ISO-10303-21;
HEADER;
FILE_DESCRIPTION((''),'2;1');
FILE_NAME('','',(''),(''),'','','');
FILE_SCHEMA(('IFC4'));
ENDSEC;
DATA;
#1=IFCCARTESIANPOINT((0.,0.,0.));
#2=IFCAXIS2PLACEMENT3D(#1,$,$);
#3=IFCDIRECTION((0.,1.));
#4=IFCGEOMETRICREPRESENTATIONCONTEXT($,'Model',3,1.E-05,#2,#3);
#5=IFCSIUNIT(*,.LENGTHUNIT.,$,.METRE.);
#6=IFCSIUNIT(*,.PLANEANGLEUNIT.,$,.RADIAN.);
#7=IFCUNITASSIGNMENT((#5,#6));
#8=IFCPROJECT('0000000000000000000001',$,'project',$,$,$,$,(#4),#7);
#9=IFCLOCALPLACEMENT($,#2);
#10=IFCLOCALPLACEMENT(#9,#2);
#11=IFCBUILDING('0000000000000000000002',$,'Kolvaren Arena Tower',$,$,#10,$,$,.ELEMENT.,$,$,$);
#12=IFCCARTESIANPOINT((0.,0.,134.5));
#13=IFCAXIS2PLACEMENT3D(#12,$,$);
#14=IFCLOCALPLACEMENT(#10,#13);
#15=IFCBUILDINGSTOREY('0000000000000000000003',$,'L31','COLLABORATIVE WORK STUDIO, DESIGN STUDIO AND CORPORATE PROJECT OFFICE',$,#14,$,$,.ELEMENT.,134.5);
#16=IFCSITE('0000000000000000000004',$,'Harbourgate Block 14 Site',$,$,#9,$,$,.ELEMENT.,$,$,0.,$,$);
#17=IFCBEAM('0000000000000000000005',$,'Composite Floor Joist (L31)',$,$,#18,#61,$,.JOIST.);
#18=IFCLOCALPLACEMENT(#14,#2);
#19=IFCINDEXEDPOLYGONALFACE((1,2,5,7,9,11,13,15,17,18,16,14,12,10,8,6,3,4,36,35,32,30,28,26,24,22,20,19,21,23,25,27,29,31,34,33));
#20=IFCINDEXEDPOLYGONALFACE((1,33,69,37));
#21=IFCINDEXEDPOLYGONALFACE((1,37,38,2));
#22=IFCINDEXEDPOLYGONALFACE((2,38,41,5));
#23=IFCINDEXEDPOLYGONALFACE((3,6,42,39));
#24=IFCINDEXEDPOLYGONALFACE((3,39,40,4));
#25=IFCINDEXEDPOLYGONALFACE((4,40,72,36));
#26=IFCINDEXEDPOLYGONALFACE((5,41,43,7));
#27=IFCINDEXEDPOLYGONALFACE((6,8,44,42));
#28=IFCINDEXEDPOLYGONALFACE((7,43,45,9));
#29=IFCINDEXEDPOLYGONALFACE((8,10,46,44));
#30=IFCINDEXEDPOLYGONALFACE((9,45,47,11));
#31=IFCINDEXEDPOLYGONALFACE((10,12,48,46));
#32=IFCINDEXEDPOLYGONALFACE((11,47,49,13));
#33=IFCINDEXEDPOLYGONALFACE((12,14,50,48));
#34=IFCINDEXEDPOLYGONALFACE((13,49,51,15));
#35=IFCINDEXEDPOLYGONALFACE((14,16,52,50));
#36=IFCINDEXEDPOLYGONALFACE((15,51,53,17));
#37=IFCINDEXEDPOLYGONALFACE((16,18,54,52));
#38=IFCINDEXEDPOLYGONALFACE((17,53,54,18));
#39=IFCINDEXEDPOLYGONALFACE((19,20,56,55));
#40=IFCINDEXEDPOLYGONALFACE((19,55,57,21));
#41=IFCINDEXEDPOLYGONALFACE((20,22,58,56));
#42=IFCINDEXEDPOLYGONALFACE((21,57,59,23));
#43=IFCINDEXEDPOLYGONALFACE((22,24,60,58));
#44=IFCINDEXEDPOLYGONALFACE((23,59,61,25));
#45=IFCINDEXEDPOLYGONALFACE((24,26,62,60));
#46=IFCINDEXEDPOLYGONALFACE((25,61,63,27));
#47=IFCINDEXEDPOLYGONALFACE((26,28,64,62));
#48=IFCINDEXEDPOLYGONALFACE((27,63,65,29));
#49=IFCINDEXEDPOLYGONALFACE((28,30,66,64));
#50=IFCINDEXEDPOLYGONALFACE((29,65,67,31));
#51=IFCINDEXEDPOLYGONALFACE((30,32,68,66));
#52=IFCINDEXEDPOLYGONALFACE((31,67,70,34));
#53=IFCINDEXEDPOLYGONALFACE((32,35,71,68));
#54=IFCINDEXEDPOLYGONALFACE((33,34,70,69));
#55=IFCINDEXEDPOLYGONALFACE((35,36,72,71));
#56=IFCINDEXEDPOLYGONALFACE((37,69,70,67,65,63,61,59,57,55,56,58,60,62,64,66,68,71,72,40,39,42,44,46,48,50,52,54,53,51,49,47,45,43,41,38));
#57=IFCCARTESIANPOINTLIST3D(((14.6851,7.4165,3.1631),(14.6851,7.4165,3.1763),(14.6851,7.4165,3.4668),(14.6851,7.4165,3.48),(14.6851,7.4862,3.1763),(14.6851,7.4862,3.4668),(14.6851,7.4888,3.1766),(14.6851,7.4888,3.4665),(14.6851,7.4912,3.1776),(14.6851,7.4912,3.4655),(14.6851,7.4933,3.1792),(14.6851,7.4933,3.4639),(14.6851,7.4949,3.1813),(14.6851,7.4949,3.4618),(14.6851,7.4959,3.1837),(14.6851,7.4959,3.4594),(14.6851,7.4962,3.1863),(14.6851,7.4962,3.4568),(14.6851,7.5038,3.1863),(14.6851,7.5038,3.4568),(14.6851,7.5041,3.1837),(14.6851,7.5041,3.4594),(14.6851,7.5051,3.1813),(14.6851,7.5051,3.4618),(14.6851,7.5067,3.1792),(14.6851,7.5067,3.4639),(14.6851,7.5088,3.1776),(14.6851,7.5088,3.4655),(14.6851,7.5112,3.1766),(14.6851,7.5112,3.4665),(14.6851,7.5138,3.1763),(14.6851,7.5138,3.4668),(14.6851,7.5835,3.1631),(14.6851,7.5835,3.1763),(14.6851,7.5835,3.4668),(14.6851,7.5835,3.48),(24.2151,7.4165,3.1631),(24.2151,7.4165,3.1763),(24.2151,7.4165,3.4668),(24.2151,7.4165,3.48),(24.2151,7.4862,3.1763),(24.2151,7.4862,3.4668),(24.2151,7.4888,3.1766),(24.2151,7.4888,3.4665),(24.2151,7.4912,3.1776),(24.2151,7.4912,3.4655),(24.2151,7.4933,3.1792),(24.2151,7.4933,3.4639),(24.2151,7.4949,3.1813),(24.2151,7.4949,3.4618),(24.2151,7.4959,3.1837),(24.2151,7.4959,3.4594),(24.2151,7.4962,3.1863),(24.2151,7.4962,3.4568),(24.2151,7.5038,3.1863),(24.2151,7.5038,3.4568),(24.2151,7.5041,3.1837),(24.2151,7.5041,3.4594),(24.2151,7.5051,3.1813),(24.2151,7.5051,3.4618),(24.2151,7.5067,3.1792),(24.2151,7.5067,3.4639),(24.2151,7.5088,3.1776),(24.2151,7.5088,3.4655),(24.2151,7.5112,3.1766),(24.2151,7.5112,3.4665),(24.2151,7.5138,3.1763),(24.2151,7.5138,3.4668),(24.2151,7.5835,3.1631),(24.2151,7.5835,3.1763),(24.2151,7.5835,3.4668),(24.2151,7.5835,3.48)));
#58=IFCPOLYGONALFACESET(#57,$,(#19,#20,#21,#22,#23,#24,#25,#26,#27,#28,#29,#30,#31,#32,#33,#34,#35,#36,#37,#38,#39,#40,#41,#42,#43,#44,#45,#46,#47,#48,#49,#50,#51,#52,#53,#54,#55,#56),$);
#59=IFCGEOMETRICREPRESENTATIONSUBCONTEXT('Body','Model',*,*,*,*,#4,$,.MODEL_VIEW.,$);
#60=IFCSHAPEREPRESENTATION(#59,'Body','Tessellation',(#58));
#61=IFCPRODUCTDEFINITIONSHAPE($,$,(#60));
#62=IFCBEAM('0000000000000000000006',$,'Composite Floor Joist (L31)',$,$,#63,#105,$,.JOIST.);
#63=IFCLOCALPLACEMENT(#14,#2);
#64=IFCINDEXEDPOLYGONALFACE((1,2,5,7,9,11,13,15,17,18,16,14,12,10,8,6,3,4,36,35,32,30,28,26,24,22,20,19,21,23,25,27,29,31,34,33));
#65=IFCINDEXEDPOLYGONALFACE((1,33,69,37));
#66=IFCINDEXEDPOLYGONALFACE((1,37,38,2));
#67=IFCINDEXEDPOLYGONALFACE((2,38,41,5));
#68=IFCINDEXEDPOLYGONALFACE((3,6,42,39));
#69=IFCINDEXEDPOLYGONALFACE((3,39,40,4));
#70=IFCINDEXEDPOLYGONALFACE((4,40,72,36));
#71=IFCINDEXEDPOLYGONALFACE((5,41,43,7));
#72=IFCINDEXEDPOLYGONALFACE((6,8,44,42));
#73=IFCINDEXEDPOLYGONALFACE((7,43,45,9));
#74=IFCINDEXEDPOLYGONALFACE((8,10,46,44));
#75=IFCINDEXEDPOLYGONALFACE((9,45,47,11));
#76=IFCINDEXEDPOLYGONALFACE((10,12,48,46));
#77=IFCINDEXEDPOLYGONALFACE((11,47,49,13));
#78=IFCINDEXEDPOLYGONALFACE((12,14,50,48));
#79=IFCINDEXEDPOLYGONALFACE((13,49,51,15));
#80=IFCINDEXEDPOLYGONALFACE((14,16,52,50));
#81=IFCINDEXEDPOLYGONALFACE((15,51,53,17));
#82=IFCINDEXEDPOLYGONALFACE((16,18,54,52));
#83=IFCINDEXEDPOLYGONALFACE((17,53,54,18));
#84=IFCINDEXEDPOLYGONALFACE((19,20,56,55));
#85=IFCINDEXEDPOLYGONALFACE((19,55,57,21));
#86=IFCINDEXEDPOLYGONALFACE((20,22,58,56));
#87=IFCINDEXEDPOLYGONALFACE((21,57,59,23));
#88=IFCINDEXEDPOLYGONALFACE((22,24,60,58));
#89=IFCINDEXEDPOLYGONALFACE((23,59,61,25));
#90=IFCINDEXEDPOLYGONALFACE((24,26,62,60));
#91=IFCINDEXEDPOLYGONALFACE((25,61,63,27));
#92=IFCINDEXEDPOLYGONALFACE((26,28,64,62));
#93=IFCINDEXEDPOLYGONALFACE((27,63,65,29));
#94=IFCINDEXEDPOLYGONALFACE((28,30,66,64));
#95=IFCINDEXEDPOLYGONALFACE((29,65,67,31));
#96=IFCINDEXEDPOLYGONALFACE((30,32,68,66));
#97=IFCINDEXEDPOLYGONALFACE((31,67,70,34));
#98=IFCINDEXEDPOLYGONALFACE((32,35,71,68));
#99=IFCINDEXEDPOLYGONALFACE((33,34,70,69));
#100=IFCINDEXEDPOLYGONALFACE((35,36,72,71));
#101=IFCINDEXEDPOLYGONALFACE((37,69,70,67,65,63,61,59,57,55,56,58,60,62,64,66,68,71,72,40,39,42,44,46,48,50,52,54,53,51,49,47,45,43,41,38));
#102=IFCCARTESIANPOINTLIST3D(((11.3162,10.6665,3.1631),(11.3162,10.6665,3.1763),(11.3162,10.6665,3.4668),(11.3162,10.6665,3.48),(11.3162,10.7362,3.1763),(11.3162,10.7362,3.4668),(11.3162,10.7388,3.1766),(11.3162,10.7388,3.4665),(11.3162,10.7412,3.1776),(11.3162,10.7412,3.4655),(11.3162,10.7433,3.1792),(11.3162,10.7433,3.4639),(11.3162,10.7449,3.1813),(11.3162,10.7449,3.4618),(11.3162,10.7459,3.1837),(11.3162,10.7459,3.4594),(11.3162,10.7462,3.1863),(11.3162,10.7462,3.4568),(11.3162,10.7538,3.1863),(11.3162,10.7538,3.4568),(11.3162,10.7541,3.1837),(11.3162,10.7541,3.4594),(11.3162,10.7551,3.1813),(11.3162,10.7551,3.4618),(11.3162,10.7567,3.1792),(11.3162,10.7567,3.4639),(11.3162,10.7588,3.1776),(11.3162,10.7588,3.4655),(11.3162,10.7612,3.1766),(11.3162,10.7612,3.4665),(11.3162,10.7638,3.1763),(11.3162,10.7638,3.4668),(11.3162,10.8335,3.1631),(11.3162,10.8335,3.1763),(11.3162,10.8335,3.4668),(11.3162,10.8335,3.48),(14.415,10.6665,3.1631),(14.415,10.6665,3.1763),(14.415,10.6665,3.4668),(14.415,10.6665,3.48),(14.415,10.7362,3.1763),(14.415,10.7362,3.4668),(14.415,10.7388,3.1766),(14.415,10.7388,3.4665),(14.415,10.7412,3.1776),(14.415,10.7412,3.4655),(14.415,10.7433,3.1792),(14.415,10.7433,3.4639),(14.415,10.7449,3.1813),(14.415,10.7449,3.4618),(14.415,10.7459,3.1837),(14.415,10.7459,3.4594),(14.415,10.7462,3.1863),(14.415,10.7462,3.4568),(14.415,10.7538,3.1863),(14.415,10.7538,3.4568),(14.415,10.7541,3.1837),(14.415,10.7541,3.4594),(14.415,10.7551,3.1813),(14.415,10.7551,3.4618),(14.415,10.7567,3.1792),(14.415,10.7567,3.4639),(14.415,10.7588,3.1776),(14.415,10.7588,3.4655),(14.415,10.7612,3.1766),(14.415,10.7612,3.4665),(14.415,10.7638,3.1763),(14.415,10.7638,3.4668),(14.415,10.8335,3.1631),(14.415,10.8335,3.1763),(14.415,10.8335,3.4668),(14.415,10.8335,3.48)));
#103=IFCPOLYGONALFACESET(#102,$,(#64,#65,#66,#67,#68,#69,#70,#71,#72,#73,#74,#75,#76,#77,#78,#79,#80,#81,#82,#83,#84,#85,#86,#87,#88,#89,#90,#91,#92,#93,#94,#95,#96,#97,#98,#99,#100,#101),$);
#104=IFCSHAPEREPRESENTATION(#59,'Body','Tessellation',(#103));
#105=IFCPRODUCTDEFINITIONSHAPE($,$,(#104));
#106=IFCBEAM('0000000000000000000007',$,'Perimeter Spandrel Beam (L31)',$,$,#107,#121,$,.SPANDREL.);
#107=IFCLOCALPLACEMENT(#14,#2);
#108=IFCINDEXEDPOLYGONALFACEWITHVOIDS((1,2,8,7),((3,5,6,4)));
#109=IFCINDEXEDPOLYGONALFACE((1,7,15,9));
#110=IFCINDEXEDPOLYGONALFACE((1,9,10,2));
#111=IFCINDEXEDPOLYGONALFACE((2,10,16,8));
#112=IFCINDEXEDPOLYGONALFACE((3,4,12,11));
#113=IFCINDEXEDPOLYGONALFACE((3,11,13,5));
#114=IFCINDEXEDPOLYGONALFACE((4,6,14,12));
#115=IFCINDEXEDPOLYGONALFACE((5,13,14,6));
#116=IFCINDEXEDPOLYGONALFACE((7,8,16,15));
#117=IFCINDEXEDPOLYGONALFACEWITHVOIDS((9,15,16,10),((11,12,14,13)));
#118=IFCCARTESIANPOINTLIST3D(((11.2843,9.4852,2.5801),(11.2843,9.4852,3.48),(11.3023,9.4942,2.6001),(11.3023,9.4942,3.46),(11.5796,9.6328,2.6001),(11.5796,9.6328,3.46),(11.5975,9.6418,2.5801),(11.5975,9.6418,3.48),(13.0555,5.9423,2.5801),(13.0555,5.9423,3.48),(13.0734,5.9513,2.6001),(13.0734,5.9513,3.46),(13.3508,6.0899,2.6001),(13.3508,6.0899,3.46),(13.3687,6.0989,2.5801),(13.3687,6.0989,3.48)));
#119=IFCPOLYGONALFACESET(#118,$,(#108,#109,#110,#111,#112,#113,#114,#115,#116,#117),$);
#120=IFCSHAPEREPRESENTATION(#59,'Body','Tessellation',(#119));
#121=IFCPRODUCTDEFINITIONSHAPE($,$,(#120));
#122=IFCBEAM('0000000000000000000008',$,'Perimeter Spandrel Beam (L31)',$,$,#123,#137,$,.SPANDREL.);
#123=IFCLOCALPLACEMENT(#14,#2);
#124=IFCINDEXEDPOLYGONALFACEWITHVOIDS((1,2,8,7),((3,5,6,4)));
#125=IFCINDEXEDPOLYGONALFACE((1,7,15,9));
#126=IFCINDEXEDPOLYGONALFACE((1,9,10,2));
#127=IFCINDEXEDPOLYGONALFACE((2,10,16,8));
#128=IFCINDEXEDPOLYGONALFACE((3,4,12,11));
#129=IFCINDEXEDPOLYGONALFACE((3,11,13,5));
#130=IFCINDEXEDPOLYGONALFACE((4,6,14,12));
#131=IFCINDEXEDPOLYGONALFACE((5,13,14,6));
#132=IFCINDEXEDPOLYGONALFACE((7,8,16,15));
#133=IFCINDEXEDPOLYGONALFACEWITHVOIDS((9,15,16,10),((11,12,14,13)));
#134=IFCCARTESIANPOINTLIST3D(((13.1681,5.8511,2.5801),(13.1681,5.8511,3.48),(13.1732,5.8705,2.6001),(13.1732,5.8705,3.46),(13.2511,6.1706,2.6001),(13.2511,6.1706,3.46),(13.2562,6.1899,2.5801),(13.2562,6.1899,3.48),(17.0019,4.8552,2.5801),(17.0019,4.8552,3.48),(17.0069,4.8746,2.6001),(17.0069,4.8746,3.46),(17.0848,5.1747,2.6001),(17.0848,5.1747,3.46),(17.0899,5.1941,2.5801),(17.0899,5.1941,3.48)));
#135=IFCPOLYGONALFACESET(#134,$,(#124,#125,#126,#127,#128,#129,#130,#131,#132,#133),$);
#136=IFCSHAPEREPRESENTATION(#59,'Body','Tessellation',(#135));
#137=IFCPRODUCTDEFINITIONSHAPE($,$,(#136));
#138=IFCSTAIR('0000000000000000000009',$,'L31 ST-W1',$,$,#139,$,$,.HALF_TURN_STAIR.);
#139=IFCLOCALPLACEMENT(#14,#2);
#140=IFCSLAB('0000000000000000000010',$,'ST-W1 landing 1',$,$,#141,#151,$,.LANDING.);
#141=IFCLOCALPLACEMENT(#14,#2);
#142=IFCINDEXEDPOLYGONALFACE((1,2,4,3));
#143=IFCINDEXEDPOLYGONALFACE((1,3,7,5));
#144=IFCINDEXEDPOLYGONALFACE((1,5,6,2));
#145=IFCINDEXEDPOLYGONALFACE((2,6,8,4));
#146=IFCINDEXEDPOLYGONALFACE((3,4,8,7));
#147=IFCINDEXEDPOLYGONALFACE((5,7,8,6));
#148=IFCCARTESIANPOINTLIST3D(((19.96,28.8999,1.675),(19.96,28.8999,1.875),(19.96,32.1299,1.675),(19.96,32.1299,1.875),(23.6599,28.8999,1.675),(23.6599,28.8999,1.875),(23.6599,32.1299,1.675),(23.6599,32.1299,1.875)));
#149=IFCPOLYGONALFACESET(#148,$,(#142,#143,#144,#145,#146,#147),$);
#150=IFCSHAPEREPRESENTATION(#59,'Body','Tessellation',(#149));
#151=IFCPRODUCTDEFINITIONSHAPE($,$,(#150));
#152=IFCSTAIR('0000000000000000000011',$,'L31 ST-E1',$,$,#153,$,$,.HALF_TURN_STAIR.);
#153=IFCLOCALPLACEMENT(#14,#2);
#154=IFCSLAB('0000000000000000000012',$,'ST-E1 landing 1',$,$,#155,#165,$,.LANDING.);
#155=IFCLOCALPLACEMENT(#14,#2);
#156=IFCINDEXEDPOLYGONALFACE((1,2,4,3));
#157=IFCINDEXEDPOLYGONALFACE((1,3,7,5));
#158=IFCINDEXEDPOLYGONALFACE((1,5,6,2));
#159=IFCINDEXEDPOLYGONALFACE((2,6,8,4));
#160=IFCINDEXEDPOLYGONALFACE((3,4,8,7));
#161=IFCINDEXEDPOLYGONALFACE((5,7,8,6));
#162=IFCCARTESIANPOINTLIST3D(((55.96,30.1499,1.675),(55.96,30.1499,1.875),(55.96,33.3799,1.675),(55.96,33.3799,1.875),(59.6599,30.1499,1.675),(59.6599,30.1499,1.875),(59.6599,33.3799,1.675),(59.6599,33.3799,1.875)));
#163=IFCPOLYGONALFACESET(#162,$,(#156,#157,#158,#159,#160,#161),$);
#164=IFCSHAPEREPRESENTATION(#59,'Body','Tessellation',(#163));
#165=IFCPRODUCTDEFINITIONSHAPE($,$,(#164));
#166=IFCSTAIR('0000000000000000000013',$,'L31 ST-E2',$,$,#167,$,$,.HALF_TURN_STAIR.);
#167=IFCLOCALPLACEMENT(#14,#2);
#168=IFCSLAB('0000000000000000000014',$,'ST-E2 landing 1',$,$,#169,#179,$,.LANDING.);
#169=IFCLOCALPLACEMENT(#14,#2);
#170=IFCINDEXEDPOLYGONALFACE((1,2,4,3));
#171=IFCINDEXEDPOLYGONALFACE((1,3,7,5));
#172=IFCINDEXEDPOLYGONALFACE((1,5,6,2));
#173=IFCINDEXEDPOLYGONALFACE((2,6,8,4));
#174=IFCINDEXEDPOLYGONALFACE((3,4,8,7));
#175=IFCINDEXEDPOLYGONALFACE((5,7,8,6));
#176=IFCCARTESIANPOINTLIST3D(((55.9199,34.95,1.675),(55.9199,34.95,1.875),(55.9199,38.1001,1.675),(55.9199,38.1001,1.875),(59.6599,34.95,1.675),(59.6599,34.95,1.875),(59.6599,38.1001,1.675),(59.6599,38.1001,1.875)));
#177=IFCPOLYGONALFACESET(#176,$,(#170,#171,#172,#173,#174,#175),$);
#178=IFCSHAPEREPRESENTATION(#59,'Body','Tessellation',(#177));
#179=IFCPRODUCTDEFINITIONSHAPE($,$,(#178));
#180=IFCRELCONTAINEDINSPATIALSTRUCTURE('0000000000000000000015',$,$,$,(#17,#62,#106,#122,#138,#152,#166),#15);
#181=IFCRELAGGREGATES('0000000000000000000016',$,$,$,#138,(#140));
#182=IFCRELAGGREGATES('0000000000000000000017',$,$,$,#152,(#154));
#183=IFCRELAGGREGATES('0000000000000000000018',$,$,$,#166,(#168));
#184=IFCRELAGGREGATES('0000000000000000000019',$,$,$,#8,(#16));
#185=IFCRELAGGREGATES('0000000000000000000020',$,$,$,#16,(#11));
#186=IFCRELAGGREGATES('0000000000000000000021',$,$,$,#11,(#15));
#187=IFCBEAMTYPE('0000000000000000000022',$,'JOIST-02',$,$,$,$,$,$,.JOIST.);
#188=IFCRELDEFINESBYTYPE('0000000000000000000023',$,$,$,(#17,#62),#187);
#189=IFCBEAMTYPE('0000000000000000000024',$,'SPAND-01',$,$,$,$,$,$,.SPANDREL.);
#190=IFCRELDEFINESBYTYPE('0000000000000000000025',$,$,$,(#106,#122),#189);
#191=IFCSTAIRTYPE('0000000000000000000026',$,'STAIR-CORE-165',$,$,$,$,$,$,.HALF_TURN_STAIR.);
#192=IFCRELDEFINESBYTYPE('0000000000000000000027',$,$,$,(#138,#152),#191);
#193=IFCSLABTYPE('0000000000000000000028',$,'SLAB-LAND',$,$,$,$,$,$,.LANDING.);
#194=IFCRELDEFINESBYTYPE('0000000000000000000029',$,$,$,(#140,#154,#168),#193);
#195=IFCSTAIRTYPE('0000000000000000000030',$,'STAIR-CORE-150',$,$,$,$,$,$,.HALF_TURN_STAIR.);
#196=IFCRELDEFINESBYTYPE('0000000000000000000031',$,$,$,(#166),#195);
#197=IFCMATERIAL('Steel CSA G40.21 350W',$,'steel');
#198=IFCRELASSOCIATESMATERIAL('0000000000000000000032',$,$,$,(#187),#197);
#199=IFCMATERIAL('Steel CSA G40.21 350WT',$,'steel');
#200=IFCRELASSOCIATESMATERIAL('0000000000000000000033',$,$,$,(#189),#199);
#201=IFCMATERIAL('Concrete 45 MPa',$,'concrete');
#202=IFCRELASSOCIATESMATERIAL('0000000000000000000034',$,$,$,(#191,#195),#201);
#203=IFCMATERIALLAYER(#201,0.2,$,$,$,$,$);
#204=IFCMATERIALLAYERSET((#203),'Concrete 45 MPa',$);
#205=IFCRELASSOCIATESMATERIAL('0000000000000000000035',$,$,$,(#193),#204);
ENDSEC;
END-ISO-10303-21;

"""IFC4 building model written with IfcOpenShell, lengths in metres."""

from ifc_helpers import new_model, si_unit, direction, frame, origin, origin_2d, place, context, subcontext, project, spatial, polyline, hollow_rectangle, i_section, outline, extrude, material, layer, layer_set, material_profile, profile_set, type_object, element, aggregate, save


model = new_model("IFC4")

# Units and contexts
model_context = context("Model", 3, precision=1e-05, world=origin(), true_north=direction((0.0, 1.0)))
body_context = subcontext(model_context, "Body", "Model", "MODEL_VIEW")
ifc_project = project(units=[si_unit("LENGTHUNIT", "METRE"), si_unit("PLANEANGLEUNIT", "RADIAN")], contexts=[model_context])

# Site, building, storey
site_placement = place(None, origin())
site = spatial("IfcSite", under=ifc_project, at=site_placement, Name="Harbourgate Block 14 Site", CompositionType="ELEMENT", RefElevation=0.0)
building_placement = place(site_placement, origin())
building = spatial("IfcBuilding", under=site, at=building_placement, Name="Kolvaren Arena Tower", CompositionType="ELEMENT")
storey_placement = place(building_placement, frame((0.0, 0.0, 134.5)))
storey = spatial("IfcBuildingStorey", under=building, at=storey_placement, Name="L31", Description="COLLABORATIVE WORK STUDIO, DESIGN STUDIO AND CORPORATE PROJECT OFFICE", CompositionType="ELEMENT", Elevation=134.5)

# Beams
ifc_material_1 = material(Name="Steel CSA G40.21 350W", Category="steel")
ifc_material_profile_1 = material_profile(ifc_material_1, i_section(OverallWidth=0.167, OverallDepth=0.3169, WebThickness=0.0076, FlangeThickness=0.0132, FilletRadius=0.01, at=origin_2d()), Name="W310x52")
ifc_profile_set_1 = profile_set([ifc_material_profile_1], Name="Steel CSA G40.21 350W")
beam_type_1 = type_object("IfcBeamType", Name="JOIST-02", PredefinedType="JOIST", material=ifc_profile_set_1)
beam_1_placement = place(storey_placement, frame((14.6851, 7.5, 3.3215), z_axis=(1.0, 0.0, 0.0), x_axis=(0.0, 1.0, 0.0)))
element("IfcBeam", 1, at=beam_1_placement, inside=storey, type_object=beam_type_1, Name="Composite Floor Joist (L31)", PredefinedType="JOIST", context=body_context, shape_type="SweptSolid", body=[
    extrude(i_section(OverallWidth=0.167, OverallDepth=0.3169, WebThickness=0.0076, FlangeThickness=0.0132, FilletRadius=0.01, at=origin_2d()), origin(), (0.0, 0.0, 1.0), 9.53),
])
beam_2_placement = place(storey_placement, frame((11.3162, 10.75, 3.3215), z_axis=(1.0, 0.0, 0.0), x_axis=(0.0, 1.0, 0.0)))
element("IfcBeam", 2, at=beam_2_placement, inside=storey, type_object=beam_type_1, Name="Composite Floor Joist (L31)", PredefinedType="JOIST", context=body_context, shape_type="SweptSolid", body=[
    extrude(i_section(OverallWidth=0.167, OverallDepth=0.3169, WebThickness=0.0076, FlangeThickness=0.0132, FilletRadius=0.01, at=origin_2d()), origin(), (0.0, 0.0, 1.0), 3.0989),
])
ifc_material_2 = material(Name="Steel CSA G40.21 350WT", Category="steel")
ifc_material_profile_2 = material_profile(ifc_material_2, hollow_rectangle(XDim=0.3501, YDim=0.8999, WallThickness=0.02, at=origin_2d()), Name="HSS 900x350x20")
ifc_profile_set_2 = profile_set([ifc_material_profile_2], Name="Steel CSA G40.21 350WT")
beam_type_2 = type_object("IfcBeamType", Name="SPAND-01", PredefinedType="SPANDREL", material=ifc_profile_set_2)
for number, where, z_axis, x_axis, name in (
    (3, (11.4409, 9.5635, 3.03), (0.447164, -0.894452, 0.0), (0.894452, 0.447164, 0.0), "Perimeter Spandrel Beam (L31)"),
    (4, (13.2122, 6.0205, 3.03), (0.967879, -0.251416, 0.0), (0.251416, 0.967879, 0.0), "Perimeter Spandrel Beam (L31)"),
):
    element("IfcBeam", number, at=place(storey_placement, frame(where, z_axis=z_axis, x_axis=x_axis)), inside=storey, type_object=beam_type_2, Name=name, PredefinedType="SPANDREL", context=body_context, shape_type="SweptSolid", body=[
        extrude(hollow_rectangle(XDim=0.3501, YDim=0.8999, WallThickness=0.02, at=origin_2d()), origin(), (0.0, 0.0, 1.0), 3.9609),
    ])

# Stairs, slabs
ifc_material_3 = material(Name="Concrete 45 MPa", Category="concrete")
stair_type_1 = type_object("IfcStairType", Name="STAIR-CORE-165", PredefinedType="HALF_TURN_STAIR", material=ifc_material_3)
stair_1_placement = place(storey_placement, origin())
stair_1 = element("IfcStair", 5, at=stair_1_placement, inside=storey, type_object=stair_type_1, Name="L31 ST-W1", PredefinedType="HALF_TURN_STAIR")
ifc_layer_1 = layer(ifc_material_3, 0.2)
ifc_layer_set_1 = layer_set([ifc_layer_1], Name="Concrete 45 MPa")
slab_type_1 = type_object("IfcSlabType", Name="SLAB-LAND", PredefinedType="LANDING", material=ifc_layer_set_1)
slab_1_placement = place(storey_placement, frame((0.0, 0.0, 1.675)))
slab_1 = element("IfcSlab", 6, at=slab_1_placement, type_object=slab_type_1, Name="ST-W1 landing 1", PredefinedType="LANDING", context=body_context, shape_type="SweptSolid", body=[
    extrude(outline(polyline([(19.96, 28.8999), (23.6599, 28.8999), (23.6599, 32.1299), (19.96, 32.1299), (19.96, 28.8999)])), origin(), (0.0, 0.0, 1.0), 0.2),
])
aggregate(stair_1, [slab_1])
stair_2_placement = place(storey_placement, origin())
stair_2 = element("IfcStair", 7, at=stair_2_placement, inside=storey, type_object=stair_type_1, Name="L31 ST-E1", PredefinedType="HALF_TURN_STAIR")
slab_2_placement = place(storey_placement, frame((0.0, 0.0, 1.675)))
slab_2 = element("IfcSlab", 8, at=slab_2_placement, type_object=slab_type_1, Name="ST-E1 landing 1", PredefinedType="LANDING", context=body_context, shape_type="SweptSolid", body=[
    extrude(outline(polyline([(55.96, 30.1499), (59.6599, 30.1499), (59.6599, 33.3799), (55.96, 33.3799), (55.96, 30.1499)])), origin(), (0.0, 0.0, 1.0), 0.2),
])
aggregate(stair_2, [slab_2])
stair_type_2 = type_object("IfcStairType", Name="STAIR-CORE-150", PredefinedType="HALF_TURN_STAIR", material=ifc_material_3)
stair_3_placement = place(storey_placement, origin())
stair_3 = element("IfcStair", 9, at=stair_3_placement, inside=storey, type_object=stair_type_2, Name="L31 ST-E2", PredefinedType="HALF_TURN_STAIR")
slab_3_placement = place(storey_placement, frame((0.0, 0.0, 1.675)))
slab_3 = element("IfcSlab", 10, at=slab_3_placement, type_object=slab_type_1, Name="ST-E2 landing 1", PredefinedType="LANDING", context=body_context, shape_type="SweptSolid", body=[
    extrude(outline(polyline([(55.9199, 34.95), (59.6599, 34.95), (59.6599, 38.1001), (55.9199, 38.1001), (55.9199, 34.95)])), origin(), (0.0, 0.0, 1.0), 0.2),
])
aggregate(stair_3, [slab_3])

save(model, "model.ifc")
